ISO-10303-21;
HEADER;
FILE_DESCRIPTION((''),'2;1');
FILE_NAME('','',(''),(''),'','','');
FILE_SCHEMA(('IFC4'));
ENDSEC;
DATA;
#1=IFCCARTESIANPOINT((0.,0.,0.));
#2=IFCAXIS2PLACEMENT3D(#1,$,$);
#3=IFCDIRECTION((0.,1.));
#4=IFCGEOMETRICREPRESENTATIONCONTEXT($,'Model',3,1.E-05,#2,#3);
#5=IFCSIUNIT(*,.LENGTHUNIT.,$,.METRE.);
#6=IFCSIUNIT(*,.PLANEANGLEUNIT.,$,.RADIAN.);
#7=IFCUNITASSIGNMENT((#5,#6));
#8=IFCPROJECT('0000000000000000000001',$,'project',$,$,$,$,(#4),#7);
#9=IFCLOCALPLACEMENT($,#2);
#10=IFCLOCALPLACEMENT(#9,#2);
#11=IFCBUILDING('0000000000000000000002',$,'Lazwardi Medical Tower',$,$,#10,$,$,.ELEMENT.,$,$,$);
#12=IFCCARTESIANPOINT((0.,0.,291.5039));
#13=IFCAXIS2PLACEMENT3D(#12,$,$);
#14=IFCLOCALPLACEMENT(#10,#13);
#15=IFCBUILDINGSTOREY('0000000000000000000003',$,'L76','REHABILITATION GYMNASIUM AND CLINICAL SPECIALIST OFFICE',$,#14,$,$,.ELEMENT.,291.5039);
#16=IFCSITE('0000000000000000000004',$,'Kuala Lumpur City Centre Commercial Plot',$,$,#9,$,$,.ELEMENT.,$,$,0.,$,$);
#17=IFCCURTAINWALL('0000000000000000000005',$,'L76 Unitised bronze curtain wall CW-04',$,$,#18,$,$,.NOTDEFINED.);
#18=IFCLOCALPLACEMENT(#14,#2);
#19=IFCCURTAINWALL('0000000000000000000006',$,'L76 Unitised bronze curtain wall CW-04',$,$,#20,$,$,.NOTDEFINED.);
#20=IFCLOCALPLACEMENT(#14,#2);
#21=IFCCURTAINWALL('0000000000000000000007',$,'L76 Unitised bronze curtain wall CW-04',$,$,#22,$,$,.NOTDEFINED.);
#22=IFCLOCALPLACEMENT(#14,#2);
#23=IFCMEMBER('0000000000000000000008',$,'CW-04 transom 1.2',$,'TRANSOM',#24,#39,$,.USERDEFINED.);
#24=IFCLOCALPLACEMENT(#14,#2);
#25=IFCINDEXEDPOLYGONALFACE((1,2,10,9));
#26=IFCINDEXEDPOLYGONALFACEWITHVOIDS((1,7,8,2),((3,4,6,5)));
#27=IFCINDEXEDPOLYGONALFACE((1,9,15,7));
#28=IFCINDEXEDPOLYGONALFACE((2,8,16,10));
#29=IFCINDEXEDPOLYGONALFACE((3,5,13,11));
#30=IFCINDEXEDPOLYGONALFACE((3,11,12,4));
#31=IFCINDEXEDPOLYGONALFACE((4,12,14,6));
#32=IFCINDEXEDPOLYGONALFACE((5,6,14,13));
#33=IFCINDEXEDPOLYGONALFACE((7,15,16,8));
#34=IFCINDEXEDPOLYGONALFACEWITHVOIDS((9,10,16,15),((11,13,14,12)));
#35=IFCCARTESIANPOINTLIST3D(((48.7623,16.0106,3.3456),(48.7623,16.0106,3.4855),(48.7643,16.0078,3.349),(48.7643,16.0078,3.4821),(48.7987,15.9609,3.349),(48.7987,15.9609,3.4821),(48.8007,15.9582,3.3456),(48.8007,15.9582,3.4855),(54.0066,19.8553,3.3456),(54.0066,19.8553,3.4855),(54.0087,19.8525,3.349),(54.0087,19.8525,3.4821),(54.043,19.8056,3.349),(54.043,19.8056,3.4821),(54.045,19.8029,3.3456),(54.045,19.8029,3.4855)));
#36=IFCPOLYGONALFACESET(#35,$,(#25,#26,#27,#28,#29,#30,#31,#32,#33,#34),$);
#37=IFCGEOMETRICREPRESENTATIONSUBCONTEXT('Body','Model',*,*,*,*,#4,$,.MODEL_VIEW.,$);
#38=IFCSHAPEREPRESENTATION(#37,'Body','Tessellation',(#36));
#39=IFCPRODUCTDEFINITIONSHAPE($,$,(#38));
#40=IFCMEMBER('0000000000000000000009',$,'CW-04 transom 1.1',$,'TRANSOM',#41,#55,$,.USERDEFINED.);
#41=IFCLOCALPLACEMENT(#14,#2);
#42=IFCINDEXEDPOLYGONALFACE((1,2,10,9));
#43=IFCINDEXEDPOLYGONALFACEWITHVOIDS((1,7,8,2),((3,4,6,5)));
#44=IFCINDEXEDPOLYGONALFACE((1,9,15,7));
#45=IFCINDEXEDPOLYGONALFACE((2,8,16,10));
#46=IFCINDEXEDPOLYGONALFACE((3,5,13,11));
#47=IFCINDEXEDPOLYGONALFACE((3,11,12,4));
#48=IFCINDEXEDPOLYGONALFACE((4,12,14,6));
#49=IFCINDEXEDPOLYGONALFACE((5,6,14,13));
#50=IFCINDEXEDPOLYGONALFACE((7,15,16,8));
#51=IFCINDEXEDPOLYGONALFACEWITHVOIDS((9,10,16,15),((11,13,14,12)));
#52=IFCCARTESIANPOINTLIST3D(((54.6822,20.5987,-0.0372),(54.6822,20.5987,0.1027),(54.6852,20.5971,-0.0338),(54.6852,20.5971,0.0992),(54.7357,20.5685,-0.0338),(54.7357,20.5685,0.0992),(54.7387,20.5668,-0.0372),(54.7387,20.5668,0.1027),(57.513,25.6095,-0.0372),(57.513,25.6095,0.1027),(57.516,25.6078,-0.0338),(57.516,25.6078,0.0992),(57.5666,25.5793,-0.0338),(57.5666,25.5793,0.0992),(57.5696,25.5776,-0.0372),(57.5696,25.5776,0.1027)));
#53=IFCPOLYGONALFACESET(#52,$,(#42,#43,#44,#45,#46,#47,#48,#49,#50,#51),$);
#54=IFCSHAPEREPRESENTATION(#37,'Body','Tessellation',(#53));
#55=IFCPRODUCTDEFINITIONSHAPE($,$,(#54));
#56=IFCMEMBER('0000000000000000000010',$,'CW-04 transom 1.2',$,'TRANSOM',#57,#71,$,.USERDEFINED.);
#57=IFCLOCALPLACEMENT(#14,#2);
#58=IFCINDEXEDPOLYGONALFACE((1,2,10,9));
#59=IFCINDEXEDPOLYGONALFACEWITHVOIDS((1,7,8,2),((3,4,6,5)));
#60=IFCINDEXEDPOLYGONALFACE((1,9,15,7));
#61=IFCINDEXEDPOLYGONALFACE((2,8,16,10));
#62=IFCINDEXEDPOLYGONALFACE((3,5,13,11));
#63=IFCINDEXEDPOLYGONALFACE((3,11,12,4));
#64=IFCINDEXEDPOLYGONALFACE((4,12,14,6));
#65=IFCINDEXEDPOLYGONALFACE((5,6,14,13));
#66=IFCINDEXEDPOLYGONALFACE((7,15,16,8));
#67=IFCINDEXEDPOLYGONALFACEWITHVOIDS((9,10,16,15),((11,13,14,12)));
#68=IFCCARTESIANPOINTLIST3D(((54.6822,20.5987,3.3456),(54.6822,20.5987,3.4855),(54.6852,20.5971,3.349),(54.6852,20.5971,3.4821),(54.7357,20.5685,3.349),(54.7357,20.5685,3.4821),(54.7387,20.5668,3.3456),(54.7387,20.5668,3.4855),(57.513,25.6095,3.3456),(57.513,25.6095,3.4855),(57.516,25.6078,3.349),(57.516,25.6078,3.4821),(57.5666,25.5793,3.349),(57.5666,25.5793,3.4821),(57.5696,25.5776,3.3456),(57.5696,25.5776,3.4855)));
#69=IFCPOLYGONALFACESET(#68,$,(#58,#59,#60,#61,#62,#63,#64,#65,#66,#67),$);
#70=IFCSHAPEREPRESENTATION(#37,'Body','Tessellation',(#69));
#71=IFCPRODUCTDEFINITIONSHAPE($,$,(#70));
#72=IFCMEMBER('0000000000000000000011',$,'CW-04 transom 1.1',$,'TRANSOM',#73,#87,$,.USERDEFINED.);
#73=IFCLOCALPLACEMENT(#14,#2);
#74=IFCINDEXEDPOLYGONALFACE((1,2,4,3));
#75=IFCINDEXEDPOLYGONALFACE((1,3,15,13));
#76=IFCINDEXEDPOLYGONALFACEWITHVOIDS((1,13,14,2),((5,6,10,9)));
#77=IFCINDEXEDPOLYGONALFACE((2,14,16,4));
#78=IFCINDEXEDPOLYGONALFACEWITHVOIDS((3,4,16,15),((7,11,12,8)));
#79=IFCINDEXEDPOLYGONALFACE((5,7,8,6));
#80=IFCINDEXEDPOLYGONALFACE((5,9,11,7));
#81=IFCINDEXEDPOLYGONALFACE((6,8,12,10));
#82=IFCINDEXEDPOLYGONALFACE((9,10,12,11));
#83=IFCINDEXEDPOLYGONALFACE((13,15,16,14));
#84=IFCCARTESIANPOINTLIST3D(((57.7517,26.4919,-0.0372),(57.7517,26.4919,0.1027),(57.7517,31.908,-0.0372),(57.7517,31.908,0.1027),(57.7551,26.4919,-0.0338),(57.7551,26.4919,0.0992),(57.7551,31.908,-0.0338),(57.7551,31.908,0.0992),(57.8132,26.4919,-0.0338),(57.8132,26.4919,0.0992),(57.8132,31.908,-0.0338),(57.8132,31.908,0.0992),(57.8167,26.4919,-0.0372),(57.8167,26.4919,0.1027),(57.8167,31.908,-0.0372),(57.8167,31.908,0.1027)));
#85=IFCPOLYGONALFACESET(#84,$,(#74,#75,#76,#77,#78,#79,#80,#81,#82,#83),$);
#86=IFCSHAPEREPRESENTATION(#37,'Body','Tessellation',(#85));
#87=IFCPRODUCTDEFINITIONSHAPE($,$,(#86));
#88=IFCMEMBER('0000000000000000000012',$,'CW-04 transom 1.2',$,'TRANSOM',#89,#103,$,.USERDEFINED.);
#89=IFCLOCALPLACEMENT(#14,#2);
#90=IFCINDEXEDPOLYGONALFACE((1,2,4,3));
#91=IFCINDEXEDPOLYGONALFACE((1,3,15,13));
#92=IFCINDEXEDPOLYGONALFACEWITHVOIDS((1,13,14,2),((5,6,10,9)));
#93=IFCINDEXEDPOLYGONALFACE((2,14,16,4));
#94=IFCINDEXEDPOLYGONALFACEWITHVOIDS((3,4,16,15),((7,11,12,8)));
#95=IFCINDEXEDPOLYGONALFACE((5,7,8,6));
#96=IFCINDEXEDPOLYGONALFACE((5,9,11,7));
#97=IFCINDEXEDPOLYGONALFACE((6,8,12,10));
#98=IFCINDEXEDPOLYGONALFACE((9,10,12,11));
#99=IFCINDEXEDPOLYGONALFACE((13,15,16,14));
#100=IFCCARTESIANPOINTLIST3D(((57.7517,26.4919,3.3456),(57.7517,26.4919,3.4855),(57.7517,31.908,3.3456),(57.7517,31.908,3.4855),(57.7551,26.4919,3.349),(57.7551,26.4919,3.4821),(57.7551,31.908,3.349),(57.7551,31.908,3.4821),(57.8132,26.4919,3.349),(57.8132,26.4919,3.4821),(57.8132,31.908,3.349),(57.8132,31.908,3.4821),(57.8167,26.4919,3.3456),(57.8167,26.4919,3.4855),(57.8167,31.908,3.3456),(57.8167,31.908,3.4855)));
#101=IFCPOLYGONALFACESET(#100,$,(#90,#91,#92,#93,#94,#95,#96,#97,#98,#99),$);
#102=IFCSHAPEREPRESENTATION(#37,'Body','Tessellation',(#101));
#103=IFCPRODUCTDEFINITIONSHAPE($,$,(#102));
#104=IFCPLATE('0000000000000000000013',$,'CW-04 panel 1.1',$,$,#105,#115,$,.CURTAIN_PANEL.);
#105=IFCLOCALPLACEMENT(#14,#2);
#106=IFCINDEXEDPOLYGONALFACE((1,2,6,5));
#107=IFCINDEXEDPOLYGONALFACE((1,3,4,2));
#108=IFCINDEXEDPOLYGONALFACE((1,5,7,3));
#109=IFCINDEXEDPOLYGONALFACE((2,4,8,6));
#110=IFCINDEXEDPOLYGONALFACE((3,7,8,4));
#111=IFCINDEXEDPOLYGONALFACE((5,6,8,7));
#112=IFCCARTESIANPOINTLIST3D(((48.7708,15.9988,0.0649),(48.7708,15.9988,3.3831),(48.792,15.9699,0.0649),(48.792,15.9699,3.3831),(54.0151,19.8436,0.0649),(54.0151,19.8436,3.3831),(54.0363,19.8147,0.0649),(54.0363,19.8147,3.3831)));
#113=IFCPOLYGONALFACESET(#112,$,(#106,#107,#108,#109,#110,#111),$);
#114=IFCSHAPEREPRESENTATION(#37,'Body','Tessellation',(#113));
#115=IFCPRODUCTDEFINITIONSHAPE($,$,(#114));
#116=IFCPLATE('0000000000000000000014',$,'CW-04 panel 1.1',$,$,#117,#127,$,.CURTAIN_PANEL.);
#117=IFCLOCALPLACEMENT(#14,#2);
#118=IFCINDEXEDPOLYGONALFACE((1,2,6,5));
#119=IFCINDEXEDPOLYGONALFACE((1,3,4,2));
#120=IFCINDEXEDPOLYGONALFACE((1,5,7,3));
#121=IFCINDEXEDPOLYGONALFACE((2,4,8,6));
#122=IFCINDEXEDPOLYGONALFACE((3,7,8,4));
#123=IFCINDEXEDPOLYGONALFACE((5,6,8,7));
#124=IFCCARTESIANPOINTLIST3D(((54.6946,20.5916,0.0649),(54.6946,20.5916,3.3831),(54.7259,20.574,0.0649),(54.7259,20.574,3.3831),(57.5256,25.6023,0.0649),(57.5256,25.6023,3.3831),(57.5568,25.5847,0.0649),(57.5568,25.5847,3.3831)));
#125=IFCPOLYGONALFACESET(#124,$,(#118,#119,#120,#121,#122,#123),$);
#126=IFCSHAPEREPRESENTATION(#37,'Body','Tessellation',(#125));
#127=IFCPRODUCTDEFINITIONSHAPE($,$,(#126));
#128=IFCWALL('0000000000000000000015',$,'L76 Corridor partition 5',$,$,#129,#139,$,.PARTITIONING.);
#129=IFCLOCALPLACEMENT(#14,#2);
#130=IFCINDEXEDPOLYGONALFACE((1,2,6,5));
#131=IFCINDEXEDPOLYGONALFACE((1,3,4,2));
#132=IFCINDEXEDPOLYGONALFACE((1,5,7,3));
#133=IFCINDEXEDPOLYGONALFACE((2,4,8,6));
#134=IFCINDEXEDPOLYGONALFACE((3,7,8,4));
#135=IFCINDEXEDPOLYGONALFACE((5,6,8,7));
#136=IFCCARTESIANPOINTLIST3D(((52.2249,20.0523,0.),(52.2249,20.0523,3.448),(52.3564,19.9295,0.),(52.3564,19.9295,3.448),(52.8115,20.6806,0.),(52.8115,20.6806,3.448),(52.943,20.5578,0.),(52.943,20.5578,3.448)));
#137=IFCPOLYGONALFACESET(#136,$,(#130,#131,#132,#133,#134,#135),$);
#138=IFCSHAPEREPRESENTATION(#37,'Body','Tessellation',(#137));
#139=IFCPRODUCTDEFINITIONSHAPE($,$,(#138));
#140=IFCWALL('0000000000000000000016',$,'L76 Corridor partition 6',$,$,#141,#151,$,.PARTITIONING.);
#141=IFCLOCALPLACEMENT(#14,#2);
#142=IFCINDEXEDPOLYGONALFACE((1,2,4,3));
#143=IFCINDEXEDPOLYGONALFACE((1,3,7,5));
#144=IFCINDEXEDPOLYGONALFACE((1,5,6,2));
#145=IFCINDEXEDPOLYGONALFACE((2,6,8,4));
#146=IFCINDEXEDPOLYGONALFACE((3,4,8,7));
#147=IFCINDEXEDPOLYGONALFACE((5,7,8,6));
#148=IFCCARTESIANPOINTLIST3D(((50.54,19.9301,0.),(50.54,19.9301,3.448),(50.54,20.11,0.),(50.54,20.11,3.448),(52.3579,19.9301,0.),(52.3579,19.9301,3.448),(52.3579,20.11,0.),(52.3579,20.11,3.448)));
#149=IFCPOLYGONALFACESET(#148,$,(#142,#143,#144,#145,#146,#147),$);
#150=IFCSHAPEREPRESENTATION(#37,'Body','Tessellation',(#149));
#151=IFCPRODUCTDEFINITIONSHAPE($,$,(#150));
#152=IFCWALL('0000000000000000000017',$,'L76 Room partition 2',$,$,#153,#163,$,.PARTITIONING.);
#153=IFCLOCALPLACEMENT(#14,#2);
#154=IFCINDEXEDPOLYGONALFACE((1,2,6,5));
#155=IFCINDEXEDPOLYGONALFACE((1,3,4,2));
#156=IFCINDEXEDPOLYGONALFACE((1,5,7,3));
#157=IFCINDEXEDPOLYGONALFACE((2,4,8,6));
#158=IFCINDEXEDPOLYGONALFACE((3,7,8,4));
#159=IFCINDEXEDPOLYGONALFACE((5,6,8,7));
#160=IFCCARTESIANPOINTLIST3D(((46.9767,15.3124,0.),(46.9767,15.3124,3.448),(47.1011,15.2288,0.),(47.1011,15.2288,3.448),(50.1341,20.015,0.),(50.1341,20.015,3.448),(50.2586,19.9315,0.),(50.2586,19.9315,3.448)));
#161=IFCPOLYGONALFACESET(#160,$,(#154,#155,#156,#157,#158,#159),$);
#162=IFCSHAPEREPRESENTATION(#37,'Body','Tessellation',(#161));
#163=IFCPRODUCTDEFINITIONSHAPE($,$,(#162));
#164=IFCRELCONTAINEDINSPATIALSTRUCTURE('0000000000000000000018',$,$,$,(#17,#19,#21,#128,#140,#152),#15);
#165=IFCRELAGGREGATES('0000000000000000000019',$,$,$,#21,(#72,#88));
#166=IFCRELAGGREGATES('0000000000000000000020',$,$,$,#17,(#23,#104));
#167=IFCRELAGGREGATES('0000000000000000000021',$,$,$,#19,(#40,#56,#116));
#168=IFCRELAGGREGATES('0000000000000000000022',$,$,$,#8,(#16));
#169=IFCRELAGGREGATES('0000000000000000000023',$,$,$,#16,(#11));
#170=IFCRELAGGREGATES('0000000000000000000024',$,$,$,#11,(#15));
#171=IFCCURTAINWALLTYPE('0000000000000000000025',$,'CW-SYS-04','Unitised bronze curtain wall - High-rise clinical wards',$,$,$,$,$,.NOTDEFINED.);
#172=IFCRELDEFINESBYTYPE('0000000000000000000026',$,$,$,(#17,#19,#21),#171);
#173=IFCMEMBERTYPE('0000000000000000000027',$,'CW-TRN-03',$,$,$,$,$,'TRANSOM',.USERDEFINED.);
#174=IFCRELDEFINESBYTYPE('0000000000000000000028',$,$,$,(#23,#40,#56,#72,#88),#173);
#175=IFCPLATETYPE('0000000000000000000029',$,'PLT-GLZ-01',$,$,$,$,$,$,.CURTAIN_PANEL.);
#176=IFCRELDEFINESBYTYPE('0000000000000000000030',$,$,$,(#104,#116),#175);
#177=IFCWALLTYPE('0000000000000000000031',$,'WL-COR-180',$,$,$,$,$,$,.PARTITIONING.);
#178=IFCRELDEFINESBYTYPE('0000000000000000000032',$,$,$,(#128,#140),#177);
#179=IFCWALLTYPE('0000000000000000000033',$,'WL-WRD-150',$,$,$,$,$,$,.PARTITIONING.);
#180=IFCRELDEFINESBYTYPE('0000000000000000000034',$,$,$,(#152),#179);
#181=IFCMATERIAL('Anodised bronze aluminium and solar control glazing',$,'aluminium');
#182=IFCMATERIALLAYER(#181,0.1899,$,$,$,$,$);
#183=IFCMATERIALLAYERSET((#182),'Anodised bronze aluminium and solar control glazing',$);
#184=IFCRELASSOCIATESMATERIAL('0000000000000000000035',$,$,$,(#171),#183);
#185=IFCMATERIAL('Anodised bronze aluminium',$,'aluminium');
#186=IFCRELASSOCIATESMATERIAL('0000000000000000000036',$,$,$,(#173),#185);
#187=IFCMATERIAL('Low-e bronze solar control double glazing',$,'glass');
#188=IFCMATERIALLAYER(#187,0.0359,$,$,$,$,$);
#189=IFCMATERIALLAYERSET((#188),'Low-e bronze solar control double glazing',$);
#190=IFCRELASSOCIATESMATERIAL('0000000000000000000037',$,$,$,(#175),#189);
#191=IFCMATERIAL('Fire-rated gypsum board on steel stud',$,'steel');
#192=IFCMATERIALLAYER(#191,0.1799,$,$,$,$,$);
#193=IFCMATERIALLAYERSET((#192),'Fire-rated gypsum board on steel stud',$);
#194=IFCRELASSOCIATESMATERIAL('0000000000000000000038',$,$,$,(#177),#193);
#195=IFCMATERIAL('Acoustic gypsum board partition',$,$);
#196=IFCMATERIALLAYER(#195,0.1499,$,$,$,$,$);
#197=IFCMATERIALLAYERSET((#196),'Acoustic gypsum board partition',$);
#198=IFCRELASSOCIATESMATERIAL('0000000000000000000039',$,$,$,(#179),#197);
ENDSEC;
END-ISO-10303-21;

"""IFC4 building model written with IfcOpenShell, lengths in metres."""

from ifc_helpers import new_model, si_unit, direction, frame, frame_2d, origin, origin_2d, place, context, subcontext, project, spatial, rectangle, hollow_rectangle, extrude, material, layer, layer_set, material_profile, profile_set, type_object, element, aggregate, save


model = new_model("IFC4")

# Units and contexts
model_context = context("Model", 3, precision=1e-05, world=origin(), true_north=direction((0.0, 1.0)))
body_context = subcontext(model_context, "Body", "Model", "MODEL_VIEW")
ifc_project = project(units=[si_unit("LENGTHUNIT", "METRE"), si_unit("PLANEANGLEUNIT", "RADIAN")], contexts=[model_context])

# Site, building, storey
site_placement = place(None, origin())
site = spatial("IfcSite", under=ifc_project, at=site_placement, Name="Kuala Lumpur City Centre Commercial Plot", CompositionType="ELEMENT", RefElevation=0.0)
building_placement = place(site_placement, origin())
building = spatial("IfcBuilding", under=site, at=building_placement, Name="Lazwardi Medical Tower", CompositionType="ELEMENT")
storey_placement = place(building_placement, frame((0.0, 0.0, 291.5039)))
storey = spatial("IfcBuildingStorey", under=building, at=storey_placement, Name="L76", Description="REHABILITATION GYMNASIUM AND CLINICAL SPECIALIST OFFICE", CompositionType="ELEMENT", Elevation=291.5039)

# Curtain walls
ifc_material_1 = material(Name="Anodised bronze aluminium and solar control glazing", Category="aluminium")
ifc_layer_1 = layer(ifc_material_1, 0.1899)
ifc_layer_set_1 = layer_set([ifc_layer_1], Name="Anodised bronze aluminium and solar control glazing")
curtain_wall_type = type_object("IfcCurtainWallType", Name="CW-SYS-04", Description="Unitised bronze curtain wall - High-rise clinical wards", PredefinedType="NOTDEFINED", material=ifc_layer_set_1)
curtain_wall_1_placement = place(storey_placement, origin())
curtain_wall_1 = element("IfcCurtainWall", 1, at=curtain_wall_1_placement, inside=storey, type_object=curtain_wall_type, Name="L76 Unitised bronze curtain wall CW-04", PredefinedType="NOTDEFINED")
ifc_material_2 = material(Name="Anodised bronze aluminium", Category="aluminium")
curtain_wall_2_placement = place(storey_placement, origin())
curtain_wall_2 = element("IfcCurtainWall", 2, at=curtain_wall_2_placement, inside=storey, type_object=curtain_wall_type, Name="L76 Unitised bronze curtain wall CW-04", PredefinedType="NOTDEFINED")

# Curtain wall
curtain_wall_3_placement = place(storey_placement, origin())
curtain_wall_3 = element("IfcCurtainWall", 3, at=curtain_wall_3_placement, inside=storey, type_object=curtain_wall_type, Name="L76 Unitised bronze curtain wall CW-04", PredefinedType="NOTDEFINED")

# Members
ifc_material_profile_1 = material_profile(ifc_material_2, hollow_rectangle(XDim=0.0649, YDim=0.1399, WallThickness=0.0034, at=origin_2d()), Name="ALU-TRANSOM 140x65x3.5")
ifc_profile_set_1 = profile_set([ifc_material_profile_1], Name="Anodised bronze aluminium")
member_type_1 = type_object("IfcMemberType", Name="CW-TRN-03", ElementType="TRANSOM", PredefinedType="USERDEFINED", material=ifc_profile_set_1)
member_1_placement = place(storey_placement, frame((48.7815, 15.9844, 3.4155), z_axis=(0.80649, 0.591248, 0.0), x_axis=(-0.591248, 0.80649, 0.0)))
member_1 = element("IfcMember", 4, at=member_1_placement, type_object=member_type_1, Name="CW-04 transom 1.2", ObjectType="TRANSOM", PredefinedType="USERDEFINED", context=body_context, shape_type="SweptSolid", body=[
    extrude(hollow_rectangle(XDim=0.0649, YDim=0.1399, WallThickness=0.0034, at=origin_2d()), origin(), (0.0, 0.0, 1.0), 6.5027),
])
member_2_placement = place(storey_placement, frame((54.7104, 20.5828, 0.0327), z_axis=(0.49188, 0.870663, 0.0), x_axis=(-0.870663, 0.49188, 0.0)))
member_2 = element("IfcMember", 5, at=member_2_placement, type_object=member_type_1, Name="CW-04 transom 1.1", ObjectType="TRANSOM", PredefinedType="USERDEFINED", context=body_context, shape_type="SweptSolid", body=[
    extrude(hollow_rectangle(XDim=0.0649, YDim=0.1399, WallThickness=0.0034, at=origin_2d()), origin(), (0.0, 0.0, 1.0), 5.7551),
])
member_3_placement = place(storey_placement, frame((54.7104, 20.5828, 3.4155), z_axis=(0.49188, 0.870663, 0.0), x_axis=(-0.870663, 0.49188, 0.0)))
member_3 = element("IfcMember", 6, at=member_3_placement, type_object=member_type_1, Name="CW-04 transom 1.2", ObjectType="TRANSOM", PredefinedType="USERDEFINED", context=body_context, shape_type="SweptSolid", body=[
    extrude(hollow_rectangle(XDim=0.0649, YDim=0.1399, WallThickness=0.0034, at=origin_2d()), origin(), (0.0, 0.0, 1.0), 5.7551),
])
member_4_placement = place(storey_placement, frame((57.7842, 26.4919, 0.0327), z_axis=(0.0, 1.0, 0.0), x_axis=(-1.0, 0.0, 0.0)))
member_4 = element("IfcMember", 7, at=member_4_placement, type_object=member_type_1, Name="CW-04 transom 1.1", ObjectType="TRANSOM", PredefinedType="USERDEFINED", context=body_context, shape_type="SweptSolid", body=[
    extrude(hollow_rectangle(XDim=0.0649, YDim=0.1399, WallThickness=0.0034, at=origin_2d()), origin(), (0.0, 0.0, 1.0), 5.416),
])
member_5_placement = place(storey_placement, frame((57.7842, 26.4919, 3.4155), z_axis=(0.0, 1.0, 0.0), x_axis=(-1.0, 0.0, 0.0)))
member_5 = element("IfcMember", 8, at=member_5_placement, type_object=member_type_1, Name="CW-04 transom 1.2", ObjectType="TRANSOM", PredefinedType="USERDEFINED", context=body_context, shape_type="SweptSolid", body=[
    extrude(hollow_rectangle(XDim=0.0649, YDim=0.1399, WallThickness=0.0034, at=origin_2d()), origin(), (0.0, 0.0, 1.0), 5.416),
])
aggregate(curtain_wall_3, [member_4, member_5])

# Plates
ifc_material_3 = material(Name="Low-e bronze solar control double glazing", Category="glass")
ifc_layer_2 = layer(ifc_material_3, 0.0359)
ifc_layer_set_2 = layer_set([ifc_layer_2], Name="Low-e bronze solar control double glazing")
plate_type = type_object("IfcPlateType", Name="PLT-GLZ-01", PredefinedType="CURTAIN_PANEL", material=ifc_layer_set_2)
plate_1_placement = place(storey_placement, frame((51.4036, 17.9067, 0.0649), z_axis=(0.0, 0.0, 1.0), x_axis=(0.806475, 0.591268, 0.0)))
plate_1 = element("IfcPlate", 9, at=plate_1_placement, type_object=plate_type, Name="CW-04 panel 1.1", PredefinedType="CURTAIN_PANEL", context=body_context, shape_type="SweptSolid", body=[
    extrude(rectangle(XDim=6.5027, YDim=0.0359, at=origin_2d()), origin(), (0.0, 0.0, 1.0), 3.3181),
])
aggregate(curtain_wall_1, [member_1, plate_1])
plate_2_placement = place(storey_placement, frame((56.1257, 23.0881, 0.0649), z_axis=(0.0, 0.0, 1.0), x_axis=(0.4919, 0.870651, 0.0)))
plate_2 = element("IfcPlate", 10, at=plate_2_placement, type_object=plate_type, Name="CW-04 panel 1.1", PredefinedType="CURTAIN_PANEL", context=body_context, shape_type="SweptSolid", body=[
    extrude(rectangle(XDim=5.7551, YDim=0.0359, at=origin_2d()), origin(), (0.0, 0.0, 1.0), 3.3181),
])
aggregate(curtain_wall_2, [member_2, member_3, plate_2])

# Walls
ifc_material_4 = material(Name="Fire-rated gypsum board on steel stud", Category="steel")
ifc_layer_3 = layer(ifc_material_4, 0.1799)
ifc_layer_set_3 = layer_set([ifc_layer_3], Name="Fire-rated gypsum board on steel stud")
wall_type_1 = type_object("IfcWallType", Name="WL-COR-180", PredefinedType="PARTITIONING", material=ifc_layer_set_3)
wall_1_placement = place(storey_placement, frame((52.8772, 20.6191, 0.0), z_axis=(0.0, 0.0, 1.0), x_axis=(-0.682409, -0.73097, 0.0)))
element("IfcWall", 11, at=wall_1_placement, inside=storey, type_object=wall_type_1, Name="L76 Corridor partition 5", PredefinedType="PARTITIONING", context=body_context, shape_type="SweptSolid", body=[
    extrude(rectangle(XDim=0.8596, YDim=0.1799, at=frame_2d((0.4297, 0.0))), origin(), (0.0, 0.0, 1.0), 3.448),
])
wall_2_placement = place(storey_placement, frame((52.3579, 20.02, 0.0), z_axis=(0.0, 0.0, 1.0), x_axis=(-1.0, 0.0, 0.0)))
element("IfcWall", 12, at=wall_2_placement, inside=storey, type_object=wall_type_1, Name="L76 Corridor partition 6", PredefinedType="PARTITIONING", context=body_context, shape_type="SweptSolid", body=[
    extrude(rectangle(XDim=1.8179, YDim=0.1799, at=frame_2d((0.9089, 0.0))), origin(), (0.0, 0.0, 1.0), 3.448),
])
ifc_material_5 = material(Name="Acoustic gypsum board partition")
ifc_layer_4 = layer(ifc_material_5, 0.1499)
ifc_layer_set_4 = layer_set([ifc_layer_4], Name="Acoustic gypsum board partition")
wall_type_2 = type_object("IfcWallType", Name="WL-WRD-150", PredefinedType="PARTITIONING", material=ifc_layer_set_4)
wall_3_placement = place(storey_placement, frame((50.1963, 19.9731, 0.0), z_axis=(0.0, 0.0, 1.0), x_axis=(-0.557432, -0.830222, 0.0)))
element("IfcWall", 13, at=wall_3_placement, inside=storey, type_object=wall_type_2, Name="L76 Room partition 2", PredefinedType="PARTITIONING", context=body_context, shape_type="SweptSolid", body=[
    extrude(rectangle(XDim=5.6643, YDim=0.1499, at=frame_2d((2.832, 0.0))), origin(), (0.0, 0.0, 1.0), 3.448),
])

save(model, "model.ifc")
